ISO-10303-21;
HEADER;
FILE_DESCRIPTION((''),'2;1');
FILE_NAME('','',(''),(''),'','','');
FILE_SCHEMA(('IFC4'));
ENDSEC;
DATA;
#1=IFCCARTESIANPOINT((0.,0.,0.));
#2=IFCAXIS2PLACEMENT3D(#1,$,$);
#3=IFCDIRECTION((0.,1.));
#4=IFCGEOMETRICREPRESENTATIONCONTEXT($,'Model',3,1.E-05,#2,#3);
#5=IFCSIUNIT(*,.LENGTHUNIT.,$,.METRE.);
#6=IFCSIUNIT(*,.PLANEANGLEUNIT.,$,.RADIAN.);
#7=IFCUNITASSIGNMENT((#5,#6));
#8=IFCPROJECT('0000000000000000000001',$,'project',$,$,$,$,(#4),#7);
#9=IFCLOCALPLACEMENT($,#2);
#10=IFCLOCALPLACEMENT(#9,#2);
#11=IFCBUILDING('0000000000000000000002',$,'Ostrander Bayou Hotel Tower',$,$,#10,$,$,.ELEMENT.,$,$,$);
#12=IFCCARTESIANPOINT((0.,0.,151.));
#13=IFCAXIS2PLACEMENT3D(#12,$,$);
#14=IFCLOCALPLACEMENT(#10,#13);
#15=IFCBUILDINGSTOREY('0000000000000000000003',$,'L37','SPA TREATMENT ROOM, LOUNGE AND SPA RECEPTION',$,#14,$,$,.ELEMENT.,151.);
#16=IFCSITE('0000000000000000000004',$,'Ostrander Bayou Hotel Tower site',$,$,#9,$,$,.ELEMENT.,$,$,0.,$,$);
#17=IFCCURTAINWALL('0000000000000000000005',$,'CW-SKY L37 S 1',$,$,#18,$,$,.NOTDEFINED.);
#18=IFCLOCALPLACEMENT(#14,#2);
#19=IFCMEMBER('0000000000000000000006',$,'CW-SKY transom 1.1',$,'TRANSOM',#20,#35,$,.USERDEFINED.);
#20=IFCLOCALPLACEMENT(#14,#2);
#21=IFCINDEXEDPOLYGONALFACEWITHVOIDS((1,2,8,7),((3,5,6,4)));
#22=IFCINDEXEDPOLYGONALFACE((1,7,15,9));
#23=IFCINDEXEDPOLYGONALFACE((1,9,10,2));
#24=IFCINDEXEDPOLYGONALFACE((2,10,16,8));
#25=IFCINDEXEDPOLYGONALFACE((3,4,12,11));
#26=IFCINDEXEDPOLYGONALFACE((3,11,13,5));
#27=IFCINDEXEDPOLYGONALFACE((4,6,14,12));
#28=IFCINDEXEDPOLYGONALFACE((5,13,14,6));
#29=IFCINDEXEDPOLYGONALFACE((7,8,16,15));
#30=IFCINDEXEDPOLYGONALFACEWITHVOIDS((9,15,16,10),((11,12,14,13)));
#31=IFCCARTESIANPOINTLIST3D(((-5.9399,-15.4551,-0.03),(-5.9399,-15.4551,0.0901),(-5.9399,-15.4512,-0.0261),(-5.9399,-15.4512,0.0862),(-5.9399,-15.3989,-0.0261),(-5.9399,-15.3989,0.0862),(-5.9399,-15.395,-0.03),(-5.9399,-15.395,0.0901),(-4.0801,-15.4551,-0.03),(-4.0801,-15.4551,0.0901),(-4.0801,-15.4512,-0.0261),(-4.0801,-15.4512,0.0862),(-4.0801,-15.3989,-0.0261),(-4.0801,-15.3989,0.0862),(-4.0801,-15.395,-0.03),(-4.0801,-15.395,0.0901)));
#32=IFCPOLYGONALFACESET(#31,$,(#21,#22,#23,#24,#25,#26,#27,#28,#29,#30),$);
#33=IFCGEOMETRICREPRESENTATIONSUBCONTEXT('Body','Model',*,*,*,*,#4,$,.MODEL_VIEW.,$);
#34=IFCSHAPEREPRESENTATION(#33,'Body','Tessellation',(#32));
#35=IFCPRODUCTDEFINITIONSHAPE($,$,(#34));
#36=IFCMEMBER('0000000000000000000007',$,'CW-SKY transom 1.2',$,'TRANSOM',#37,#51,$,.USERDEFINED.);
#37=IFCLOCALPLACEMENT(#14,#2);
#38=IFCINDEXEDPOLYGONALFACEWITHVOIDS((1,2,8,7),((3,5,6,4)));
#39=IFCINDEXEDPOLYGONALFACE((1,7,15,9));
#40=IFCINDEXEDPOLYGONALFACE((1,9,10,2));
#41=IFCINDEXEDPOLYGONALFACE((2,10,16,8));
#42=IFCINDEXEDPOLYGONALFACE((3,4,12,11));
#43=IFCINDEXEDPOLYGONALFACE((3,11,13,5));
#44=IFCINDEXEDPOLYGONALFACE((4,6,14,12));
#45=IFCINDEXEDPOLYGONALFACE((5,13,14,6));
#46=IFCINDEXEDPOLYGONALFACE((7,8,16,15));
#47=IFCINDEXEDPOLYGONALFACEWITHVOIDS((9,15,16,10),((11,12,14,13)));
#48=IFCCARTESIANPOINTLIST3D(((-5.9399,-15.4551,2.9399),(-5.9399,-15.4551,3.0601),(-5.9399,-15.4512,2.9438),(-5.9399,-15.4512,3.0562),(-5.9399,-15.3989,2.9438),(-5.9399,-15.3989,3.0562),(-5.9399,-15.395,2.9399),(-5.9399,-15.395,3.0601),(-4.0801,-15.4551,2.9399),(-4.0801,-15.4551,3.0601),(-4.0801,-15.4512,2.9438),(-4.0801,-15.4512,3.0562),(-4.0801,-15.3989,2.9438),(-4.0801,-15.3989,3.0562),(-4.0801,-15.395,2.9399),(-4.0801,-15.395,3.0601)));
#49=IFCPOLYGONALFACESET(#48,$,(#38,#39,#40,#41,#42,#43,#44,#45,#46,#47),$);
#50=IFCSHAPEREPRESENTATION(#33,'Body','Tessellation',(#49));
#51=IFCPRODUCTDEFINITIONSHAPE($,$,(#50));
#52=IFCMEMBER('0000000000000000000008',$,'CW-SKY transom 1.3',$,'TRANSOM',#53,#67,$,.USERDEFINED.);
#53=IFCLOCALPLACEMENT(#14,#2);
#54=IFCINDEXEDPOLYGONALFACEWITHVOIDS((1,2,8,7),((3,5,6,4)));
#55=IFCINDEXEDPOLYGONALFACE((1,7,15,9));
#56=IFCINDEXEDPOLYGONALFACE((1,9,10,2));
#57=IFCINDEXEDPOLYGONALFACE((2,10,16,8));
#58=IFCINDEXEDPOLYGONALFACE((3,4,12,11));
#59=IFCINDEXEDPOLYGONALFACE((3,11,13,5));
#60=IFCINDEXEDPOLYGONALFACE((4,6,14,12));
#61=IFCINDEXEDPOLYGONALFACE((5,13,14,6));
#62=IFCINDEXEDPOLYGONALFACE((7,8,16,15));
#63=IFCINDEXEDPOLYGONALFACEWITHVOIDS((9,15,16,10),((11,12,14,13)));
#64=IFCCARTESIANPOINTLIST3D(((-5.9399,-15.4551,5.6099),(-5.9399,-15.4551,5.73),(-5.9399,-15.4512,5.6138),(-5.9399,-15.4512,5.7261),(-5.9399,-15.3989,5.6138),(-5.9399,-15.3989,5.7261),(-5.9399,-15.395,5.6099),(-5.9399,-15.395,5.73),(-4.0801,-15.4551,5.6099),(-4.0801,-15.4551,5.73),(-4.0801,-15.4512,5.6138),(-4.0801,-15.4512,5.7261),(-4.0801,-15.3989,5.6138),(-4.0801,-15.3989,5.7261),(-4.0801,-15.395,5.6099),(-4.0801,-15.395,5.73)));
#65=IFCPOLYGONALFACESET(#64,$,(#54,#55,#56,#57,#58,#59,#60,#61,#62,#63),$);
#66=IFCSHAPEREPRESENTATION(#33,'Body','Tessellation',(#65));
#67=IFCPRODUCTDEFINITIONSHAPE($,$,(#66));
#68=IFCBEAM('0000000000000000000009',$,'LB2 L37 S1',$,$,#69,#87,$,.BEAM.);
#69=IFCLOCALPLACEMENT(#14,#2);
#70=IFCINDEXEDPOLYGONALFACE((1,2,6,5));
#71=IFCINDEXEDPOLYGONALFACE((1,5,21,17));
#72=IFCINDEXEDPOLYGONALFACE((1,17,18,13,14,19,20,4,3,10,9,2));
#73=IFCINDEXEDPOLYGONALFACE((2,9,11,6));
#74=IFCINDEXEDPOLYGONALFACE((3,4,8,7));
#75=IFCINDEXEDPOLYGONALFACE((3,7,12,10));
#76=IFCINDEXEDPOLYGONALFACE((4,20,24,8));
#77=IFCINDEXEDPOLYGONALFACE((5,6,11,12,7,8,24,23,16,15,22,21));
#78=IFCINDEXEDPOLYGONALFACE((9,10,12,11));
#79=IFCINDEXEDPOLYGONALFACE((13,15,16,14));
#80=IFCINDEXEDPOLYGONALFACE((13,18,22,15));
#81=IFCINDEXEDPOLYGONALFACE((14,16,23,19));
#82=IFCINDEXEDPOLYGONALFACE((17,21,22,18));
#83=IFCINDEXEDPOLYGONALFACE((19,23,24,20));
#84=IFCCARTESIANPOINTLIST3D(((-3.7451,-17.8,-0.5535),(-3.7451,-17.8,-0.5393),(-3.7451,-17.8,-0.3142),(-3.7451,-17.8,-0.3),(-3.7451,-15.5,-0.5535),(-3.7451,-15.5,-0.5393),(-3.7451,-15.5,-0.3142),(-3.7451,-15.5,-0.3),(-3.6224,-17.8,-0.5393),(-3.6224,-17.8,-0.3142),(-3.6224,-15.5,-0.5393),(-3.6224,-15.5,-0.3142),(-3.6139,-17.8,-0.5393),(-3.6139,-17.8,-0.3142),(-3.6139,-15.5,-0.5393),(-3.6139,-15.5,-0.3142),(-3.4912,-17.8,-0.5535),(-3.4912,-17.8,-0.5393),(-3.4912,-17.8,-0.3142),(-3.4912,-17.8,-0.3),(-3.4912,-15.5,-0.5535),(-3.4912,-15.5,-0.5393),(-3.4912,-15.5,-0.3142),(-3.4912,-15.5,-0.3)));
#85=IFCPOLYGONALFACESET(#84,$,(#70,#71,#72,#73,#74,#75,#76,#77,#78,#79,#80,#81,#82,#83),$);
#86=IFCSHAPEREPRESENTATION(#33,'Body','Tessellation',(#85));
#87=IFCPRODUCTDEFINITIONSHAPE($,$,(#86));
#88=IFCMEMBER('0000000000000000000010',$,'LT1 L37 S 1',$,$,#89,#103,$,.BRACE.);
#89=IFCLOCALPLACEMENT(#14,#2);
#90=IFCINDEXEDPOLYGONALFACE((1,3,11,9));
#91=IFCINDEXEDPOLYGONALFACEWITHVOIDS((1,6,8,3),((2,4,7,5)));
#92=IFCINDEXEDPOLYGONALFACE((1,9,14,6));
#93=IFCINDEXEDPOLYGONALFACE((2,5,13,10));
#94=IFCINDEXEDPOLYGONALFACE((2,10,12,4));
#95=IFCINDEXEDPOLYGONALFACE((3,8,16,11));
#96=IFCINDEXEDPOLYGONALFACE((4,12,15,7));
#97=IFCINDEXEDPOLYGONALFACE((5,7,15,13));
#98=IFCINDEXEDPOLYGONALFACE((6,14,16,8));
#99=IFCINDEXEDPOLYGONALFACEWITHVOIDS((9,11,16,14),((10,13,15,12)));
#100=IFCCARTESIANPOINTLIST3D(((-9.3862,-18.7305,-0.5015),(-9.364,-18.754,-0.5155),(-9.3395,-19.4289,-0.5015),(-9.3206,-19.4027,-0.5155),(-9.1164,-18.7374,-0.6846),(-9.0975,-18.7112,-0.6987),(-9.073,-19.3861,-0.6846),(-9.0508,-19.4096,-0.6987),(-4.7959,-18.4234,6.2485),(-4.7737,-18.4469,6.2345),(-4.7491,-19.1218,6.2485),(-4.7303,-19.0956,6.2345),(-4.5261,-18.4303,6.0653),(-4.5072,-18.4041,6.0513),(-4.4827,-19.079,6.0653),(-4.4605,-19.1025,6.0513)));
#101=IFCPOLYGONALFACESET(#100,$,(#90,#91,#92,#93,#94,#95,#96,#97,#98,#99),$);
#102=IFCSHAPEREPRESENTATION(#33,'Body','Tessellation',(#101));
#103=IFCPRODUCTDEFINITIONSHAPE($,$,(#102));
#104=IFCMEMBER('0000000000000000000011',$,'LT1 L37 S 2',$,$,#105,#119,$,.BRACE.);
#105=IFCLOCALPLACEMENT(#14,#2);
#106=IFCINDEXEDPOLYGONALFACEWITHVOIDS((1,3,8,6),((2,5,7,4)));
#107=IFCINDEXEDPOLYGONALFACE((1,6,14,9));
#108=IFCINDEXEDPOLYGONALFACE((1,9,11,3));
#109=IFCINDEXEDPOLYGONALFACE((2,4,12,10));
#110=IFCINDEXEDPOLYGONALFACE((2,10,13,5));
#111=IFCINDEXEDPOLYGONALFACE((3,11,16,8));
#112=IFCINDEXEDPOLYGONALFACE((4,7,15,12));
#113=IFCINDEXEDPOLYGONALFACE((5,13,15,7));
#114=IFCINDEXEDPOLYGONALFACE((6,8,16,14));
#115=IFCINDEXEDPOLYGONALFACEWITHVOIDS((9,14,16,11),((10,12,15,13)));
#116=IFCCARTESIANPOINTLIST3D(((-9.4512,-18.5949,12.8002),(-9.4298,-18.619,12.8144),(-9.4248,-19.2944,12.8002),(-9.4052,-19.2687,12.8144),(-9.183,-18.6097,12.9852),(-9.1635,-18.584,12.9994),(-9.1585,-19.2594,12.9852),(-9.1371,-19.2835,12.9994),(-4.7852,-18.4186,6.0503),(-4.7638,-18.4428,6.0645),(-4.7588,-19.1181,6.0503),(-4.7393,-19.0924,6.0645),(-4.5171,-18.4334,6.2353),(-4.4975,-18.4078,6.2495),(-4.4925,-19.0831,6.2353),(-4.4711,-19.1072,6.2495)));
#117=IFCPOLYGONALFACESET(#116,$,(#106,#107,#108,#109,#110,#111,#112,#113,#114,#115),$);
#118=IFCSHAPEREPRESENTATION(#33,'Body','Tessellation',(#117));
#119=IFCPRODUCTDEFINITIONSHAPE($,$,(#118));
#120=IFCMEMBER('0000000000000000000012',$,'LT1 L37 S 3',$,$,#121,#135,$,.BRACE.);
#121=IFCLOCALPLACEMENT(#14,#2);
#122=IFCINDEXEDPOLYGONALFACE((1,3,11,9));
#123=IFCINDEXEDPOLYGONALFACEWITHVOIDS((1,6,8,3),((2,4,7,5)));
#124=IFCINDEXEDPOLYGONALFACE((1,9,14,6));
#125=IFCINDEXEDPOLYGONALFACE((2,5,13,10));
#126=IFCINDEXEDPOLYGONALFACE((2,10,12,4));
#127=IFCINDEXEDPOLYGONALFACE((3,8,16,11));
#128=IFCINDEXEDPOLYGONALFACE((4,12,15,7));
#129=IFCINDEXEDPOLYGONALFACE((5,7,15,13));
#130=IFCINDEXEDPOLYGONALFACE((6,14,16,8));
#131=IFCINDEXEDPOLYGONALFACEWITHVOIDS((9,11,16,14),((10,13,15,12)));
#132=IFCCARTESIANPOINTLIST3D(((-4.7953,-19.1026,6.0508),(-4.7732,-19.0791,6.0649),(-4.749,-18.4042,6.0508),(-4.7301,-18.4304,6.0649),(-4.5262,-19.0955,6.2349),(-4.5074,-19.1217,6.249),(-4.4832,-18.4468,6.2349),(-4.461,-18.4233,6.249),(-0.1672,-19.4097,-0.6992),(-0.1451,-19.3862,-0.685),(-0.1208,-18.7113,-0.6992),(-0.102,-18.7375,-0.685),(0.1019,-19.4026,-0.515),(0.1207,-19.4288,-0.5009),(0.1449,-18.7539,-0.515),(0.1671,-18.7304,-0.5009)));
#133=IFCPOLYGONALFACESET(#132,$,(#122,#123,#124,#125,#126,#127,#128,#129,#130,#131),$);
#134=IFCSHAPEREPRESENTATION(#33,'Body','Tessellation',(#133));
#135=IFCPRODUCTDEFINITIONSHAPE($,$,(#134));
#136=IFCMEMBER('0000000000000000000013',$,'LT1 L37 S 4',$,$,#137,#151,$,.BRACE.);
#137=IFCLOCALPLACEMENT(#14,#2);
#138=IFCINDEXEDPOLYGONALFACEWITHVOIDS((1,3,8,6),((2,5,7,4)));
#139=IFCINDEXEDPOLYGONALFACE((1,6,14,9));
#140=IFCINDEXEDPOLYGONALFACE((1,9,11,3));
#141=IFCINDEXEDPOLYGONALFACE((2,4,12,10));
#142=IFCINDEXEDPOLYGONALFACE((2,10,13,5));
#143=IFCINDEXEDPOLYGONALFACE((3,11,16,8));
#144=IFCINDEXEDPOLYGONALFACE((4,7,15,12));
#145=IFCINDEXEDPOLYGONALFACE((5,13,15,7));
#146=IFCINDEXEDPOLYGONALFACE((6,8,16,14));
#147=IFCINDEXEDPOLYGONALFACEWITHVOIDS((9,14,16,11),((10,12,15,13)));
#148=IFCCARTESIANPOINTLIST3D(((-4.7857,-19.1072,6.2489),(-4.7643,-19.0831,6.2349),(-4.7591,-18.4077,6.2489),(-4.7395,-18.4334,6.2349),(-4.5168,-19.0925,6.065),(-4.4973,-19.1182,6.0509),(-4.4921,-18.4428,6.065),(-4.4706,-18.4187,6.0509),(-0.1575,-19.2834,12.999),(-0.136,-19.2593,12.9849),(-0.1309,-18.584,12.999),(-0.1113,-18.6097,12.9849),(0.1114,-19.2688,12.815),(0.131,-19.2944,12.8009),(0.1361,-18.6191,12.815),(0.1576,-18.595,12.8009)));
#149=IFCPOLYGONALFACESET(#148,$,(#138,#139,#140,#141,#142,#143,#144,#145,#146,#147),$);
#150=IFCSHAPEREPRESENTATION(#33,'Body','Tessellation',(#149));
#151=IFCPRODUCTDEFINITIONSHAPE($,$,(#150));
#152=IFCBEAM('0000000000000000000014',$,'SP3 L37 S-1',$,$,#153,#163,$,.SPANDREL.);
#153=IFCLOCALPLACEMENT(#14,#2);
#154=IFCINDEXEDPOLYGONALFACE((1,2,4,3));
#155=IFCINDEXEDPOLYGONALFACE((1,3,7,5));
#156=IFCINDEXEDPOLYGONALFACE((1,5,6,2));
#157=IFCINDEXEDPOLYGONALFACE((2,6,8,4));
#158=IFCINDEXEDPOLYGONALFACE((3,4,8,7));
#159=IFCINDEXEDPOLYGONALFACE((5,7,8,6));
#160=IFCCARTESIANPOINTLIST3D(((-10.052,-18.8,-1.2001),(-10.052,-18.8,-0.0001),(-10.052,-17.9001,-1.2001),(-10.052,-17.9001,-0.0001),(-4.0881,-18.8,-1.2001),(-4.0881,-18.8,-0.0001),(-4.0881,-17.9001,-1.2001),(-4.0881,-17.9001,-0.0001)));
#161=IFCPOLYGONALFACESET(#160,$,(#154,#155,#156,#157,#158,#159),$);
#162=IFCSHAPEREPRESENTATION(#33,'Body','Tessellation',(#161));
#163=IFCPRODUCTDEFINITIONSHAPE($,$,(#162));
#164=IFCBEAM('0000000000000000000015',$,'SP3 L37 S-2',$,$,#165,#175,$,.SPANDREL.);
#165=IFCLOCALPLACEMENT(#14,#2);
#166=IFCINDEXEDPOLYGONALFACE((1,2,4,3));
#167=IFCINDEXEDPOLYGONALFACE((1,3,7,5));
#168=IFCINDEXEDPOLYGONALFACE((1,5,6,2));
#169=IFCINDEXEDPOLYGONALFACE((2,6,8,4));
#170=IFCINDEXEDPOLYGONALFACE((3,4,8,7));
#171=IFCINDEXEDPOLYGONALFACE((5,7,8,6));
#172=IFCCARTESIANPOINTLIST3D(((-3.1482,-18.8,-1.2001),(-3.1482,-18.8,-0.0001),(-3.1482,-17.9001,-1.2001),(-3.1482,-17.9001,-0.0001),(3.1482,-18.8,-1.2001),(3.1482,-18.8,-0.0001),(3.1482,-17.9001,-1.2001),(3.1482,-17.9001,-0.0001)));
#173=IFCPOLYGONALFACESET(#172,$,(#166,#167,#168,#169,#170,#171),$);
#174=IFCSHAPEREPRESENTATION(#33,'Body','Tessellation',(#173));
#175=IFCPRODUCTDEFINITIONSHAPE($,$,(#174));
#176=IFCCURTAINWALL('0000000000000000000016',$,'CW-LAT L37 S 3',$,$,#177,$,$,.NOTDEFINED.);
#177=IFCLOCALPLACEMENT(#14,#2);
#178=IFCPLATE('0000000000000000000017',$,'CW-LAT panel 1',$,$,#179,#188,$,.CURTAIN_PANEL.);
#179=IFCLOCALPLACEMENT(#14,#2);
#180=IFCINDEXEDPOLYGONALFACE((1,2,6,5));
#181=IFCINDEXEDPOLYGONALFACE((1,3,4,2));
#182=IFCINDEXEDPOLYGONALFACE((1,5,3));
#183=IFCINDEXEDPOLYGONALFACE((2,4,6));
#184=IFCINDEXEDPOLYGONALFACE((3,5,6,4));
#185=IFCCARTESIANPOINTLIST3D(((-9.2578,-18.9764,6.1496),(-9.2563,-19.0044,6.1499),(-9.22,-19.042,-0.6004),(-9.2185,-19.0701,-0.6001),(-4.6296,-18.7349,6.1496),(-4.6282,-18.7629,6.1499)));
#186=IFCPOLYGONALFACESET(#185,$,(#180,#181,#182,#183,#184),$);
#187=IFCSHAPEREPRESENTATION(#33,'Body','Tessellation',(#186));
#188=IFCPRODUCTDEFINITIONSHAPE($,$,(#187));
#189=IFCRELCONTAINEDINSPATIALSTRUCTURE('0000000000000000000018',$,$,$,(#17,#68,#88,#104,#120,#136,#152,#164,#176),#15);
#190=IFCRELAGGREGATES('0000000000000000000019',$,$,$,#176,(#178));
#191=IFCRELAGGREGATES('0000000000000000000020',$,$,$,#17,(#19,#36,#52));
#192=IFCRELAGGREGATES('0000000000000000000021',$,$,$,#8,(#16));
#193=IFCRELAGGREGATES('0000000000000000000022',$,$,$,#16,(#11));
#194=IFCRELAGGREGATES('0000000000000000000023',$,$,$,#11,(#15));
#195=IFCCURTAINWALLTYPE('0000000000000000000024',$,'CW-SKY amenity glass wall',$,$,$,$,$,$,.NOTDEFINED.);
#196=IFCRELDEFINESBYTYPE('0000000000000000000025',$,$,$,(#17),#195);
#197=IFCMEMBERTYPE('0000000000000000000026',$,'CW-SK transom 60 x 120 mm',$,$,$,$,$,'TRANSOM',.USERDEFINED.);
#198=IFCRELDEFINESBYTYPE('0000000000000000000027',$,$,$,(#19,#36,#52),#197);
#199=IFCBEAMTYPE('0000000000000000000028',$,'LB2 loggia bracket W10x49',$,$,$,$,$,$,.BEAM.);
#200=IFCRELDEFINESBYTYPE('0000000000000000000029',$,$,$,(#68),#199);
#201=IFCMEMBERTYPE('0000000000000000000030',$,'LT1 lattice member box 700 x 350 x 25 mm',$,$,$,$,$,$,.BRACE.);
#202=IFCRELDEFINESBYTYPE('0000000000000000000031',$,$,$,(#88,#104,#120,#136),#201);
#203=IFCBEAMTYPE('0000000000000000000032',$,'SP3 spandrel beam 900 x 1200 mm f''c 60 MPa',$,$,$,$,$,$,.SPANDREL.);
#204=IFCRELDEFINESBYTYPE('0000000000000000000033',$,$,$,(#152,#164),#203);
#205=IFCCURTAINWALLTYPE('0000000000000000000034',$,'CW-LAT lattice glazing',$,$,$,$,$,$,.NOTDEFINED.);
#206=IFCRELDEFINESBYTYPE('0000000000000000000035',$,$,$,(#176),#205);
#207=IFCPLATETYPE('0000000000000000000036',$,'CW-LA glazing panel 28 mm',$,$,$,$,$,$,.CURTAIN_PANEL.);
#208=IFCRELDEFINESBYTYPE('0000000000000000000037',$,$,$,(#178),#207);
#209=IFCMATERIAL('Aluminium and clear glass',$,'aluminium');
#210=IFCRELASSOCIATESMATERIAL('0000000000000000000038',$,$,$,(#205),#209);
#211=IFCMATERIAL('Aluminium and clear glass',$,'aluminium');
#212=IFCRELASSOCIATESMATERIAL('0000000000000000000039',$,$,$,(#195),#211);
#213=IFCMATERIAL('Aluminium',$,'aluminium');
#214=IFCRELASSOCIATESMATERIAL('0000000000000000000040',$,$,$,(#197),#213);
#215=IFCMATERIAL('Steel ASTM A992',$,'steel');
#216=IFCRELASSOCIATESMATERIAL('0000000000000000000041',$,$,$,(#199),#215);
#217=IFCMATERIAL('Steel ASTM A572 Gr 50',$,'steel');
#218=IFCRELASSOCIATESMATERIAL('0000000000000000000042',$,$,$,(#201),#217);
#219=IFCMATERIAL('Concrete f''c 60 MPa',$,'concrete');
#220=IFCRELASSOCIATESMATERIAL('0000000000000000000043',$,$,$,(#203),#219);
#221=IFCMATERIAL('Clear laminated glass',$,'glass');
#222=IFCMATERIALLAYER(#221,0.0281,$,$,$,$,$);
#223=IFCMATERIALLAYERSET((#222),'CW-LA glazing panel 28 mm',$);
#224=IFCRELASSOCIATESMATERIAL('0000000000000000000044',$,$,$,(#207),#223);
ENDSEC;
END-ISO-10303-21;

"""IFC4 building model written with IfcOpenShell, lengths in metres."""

from ifc_helpers import new_model, si_unit, direction, frame, origin, origin_2d, place, context, subcontext, project, spatial, polyline, rectangle, hollow_rectangle, i_section, outline, extrude, material, layer, layer_set, material_profile, profile_set, type_object, element, aggregate, save


model = new_model("IFC4")

# Units and contexts
model_context = context("Model", 3, precision=1e-05, world=origin(), true_north=direction((0.0, 1.0)))
body_context = subcontext(model_context, "Body", "Model", "MODEL_VIEW")
ifc_project = project(units=[si_unit("LENGTHUNIT", "METRE"), si_unit("PLANEANGLEUNIT", "RADIAN")], contexts=[model_context])

# Site, building, storey
site_placement = place(None, origin())
site = spatial("IfcSite", under=ifc_project, at=site_placement, Name="Ostrander Bayou Hotel Tower site", CompositionType="ELEMENT", RefElevation=0.0)
building_placement = place(site_placement, origin())
building = spatial("IfcBuilding", under=site, at=building_placement, Name="Ostrander Bayou Hotel Tower", CompositionType="ELEMENT")
storey_placement = place(building_placement, frame((0.0, 0.0, 151.0)))
storey = spatial("IfcBuildingStorey", under=building, at=storey_placement, Name="L37", Description="SPA TREATMENT ROOM, LOUNGE AND SPA RECEPTION", CompositionType="ELEMENT", Elevation=151.0)

# Curtain wall, members
ifc_material_1 = material(Name="Aluminium and clear glass", Category="aluminium")
curtain_wall_type_1 = type_object("IfcCurtainWallType", Name="CW-LAT lattice glazing", PredefinedType="NOTDEFINED", material=ifc_material_1)
ifc_material_2 = material(Name="Aluminium and clear glass", Category="aluminium")
curtain_wall_type_2 = type_object("IfcCurtainWallType", Name="CW-SKY amenity glass wall", PredefinedType="NOTDEFINED", material=ifc_material_2)
curtain_wall_1_placement = place(storey_placement, origin())
curtain_wall_1 = element("IfcCurtainWall", 1, at=curtain_wall_1_placement, inside=storey, type_object=curtain_wall_type_2, Name="CW-SKY L37 S 1", PredefinedType="NOTDEFINED")
ifc_material_3 = material(Name="Aluminium", Category="aluminium")
ifc_material_profile_1 = material_profile(ifc_material_3, hollow_rectangle(XDim=0.0601, YDim=0.1201, WallThickness=0.0039, at=origin_2d()))
ifc_profile_set_1 = profile_set([ifc_material_profile_1], Name="Aluminium")
member_type_1 = type_object("IfcMemberType", Name="CW-SK transom 60 x 120 mm", ElementType="TRANSOM", PredefinedType="USERDEFINED", material=ifc_profile_set_1)
member_1_placement = place(storey_placement, frame((-5.9399, -15.425, 0.03), z_axis=(1.0, 0.0, 0.0), x_axis=(0.0, 1.0, 0.0)))
member_1 = element("IfcMember", 2, at=member_1_placement, type_object=member_type_1, Name="CW-SKY transom 1.1", ObjectType="TRANSOM", PredefinedType="USERDEFINED", context=body_context, shape_type="SweptSolid", body=[
    extrude(hollow_rectangle(XDim=0.0601, YDim=0.1201, WallThickness=0.0039, at=origin_2d()), origin(), (0.0, 0.0, 1.0), 1.8599),
])
member_2_placement = place(storey_placement, frame((-5.9399, -15.425, 3.0), z_axis=(1.0, 0.0, 0.0), x_axis=(0.0, 1.0, 0.0)))
member_2 = element("IfcMember", 3, at=member_2_placement, type_object=member_type_1, Name="CW-SKY transom 1.2", ObjectType="TRANSOM", PredefinedType="USERDEFINED", context=body_context, shape_type="SweptSolid", body=[
    extrude(hollow_rectangle(XDim=0.0601, YDim=0.1201, WallThickness=0.0039, at=origin_2d()), origin(), (0.0, 0.0, 1.0), 1.8599),
])
member_3_placement = place(storey_placement, frame((-5.9399, -15.425, 5.6699), z_axis=(1.0, 0.0, 0.0), x_axis=(0.0, 1.0, 0.0)))
member_3 = element("IfcMember", 4, at=member_3_placement, type_object=member_type_1, Name="CW-SKY transom 1.3", ObjectType="TRANSOM", PredefinedType="USERDEFINED", context=body_context, shape_type="SweptSolid", body=[
    extrude(hollow_rectangle(XDim=0.0601, YDim=0.1201, WallThickness=0.0039, at=origin_2d()), origin(), (0.0, 0.0, 1.0), 1.8599),
])

# Beam
ifc_material_4 = material(Name="Steel ASTM A992", Category="steel")
ifc_material_profile_2 = material_profile(ifc_material_4, i_section(OverallWidth=0.2539, OverallDepth=0.2534, WebThickness=0.0085, FlangeThickness=0.0142, at=origin_2d()))
ifc_profile_set_2 = profile_set([ifc_material_profile_2], Name="Steel ASTM A992")
beam_type_1 = type_object("IfcBeamType", Name="LB2 loggia bracket W10x49", PredefinedType="BEAM", material=ifc_profile_set_2)
beam_1_placement = place(storey_placement, frame((-3.6182, -17.8, -0.4268), z_axis=(0.0, 1.0, 0.0), x_axis=(-1.0, 0.0, 0.0)))
element("IfcBeam", 5, at=beam_1_placement, inside=storey, type_object=beam_type_1, Name="LB2 L37 S1", PredefinedType="BEAM", context=body_context, shape_type="SweptSolid", body=[
    extrude(i_section(OverallWidth=0.2539, OverallDepth=0.2534, WebThickness=0.0085, FlangeThickness=0.0142, at=origin_2d()), origin(), (0.0, 0.0, 1.0), 2.3),
])

# Members
ifc_material_5 = material(Name="Steel ASTM A572 Gr 50", Category="steel")
ifc_material_profile_3 = material_profile(ifc_material_5, hollow_rectangle(XDim=0.7, YDim=0.3501, WallThickness=0.0249, at=origin_2d()))
ifc_profile_set_3 = profile_set([ifc_material_profile_3], Name="Steel ASTM A572 Gr 50")
member_type_2 = type_object("IfcMemberType", Name="LT1 lattice member box 700 x 350 x 25 mm", PredefinedType="BRACE", material=ifc_profile_set_3)
member_4_placement = place(storey_placement, frame((-4.6282, -18.7629, 6.1499), z_axis=(-0.56194, -0.037598, -0.826323), x_axis=(0.066759, -0.997769, 0.0)))
element("IfcMember", 6, at=member_4_placement, inside=storey, type_object=member_type_2, Name="LT1 L37 S 1", PredefinedType="BRACE", context=body_context, shape_type="SweptSolid", body=[
    extrude(hollow_rectangle(XDim=0.7, YDim=0.3501, WallThickness=0.0249, at=origin_2d()), origin(), (0.0, 0.0, 1.0), 8.1687),
])
member_5_placement = place(storey_placement, frame((-4.6282, -18.7629, 6.1499), z_axis=(-0.568497, -0.021476, 0.822405), x_axis=(0.03775, -0.999287, 0.0)))
element("IfcMember", 7, at=member_5_placement, inside=storey, type_object=member_type_2, Name="LT1 L37 S 2", PredefinedType="BRACE", context=body_context, shape_type="SweptSolid", body=[
    extrude(hollow_rectangle(XDim=0.7, YDim=0.3501, WallThickness=0.0249, at=origin_2d()), origin(), (0.0, 0.0, 1.0), 8.2075),
])
member_6_placement = place(storey_placement, frame((-4.6282, -18.7629, 6.1499), z_axis=(0.565098, -0.0375, -0.824171), x_axis=(0.066215, 0.997805, 0.0)))
element("IfcMember", 8, at=member_6_placement, inside=storey, type_object=member_type_2, Name="LT1 L37 S 3", PredefinedType="BRACE", context=body_context, shape_type="SweptSolid", body=[
    extrude(hollow_rectangle(XDim=0.7, YDim=0.3501, WallThickness=0.0249, at=origin_2d()), origin(), (0.0, 0.0, 1.0), 8.1899),
])
member_7_placement = place(storey_placement, frame((-4.6282, -18.7629, 6.1499), z_axis=(0.565364, -0.021533, 0.82456), x_axis=(0.038059, 0.999276, 0.0)))
element("IfcMember", 9, at=member_7_placement, inside=storey, type_object=member_type_2, Name="LT1 L37 S 4", PredefinedType="BRACE", context=body_context, shape_type="SweptSolid", body=[
    extrude(hollow_rectangle(XDim=0.7, YDim=0.3501, WallThickness=0.0249, at=origin_2d()), origin(), (0.0, 0.0, 1.0), 8.1863),
])

# Beams
ifc_material_6 = material(Name="Concrete f'c 60 MPa", Category="concrete")
ifc_material_profile_4 = material_profile(ifc_material_6, rectangle(XDim=0.8999, YDim=1.2, at=origin_2d()))
ifc_profile_set_4 = profile_set([ifc_material_profile_4], Name="Concrete f'c 60 MPa")
beam_type_2 = type_object("IfcBeamType", Name="SP3 spandrel beam 900 x 1200 mm f'c 60 MPa", PredefinedType="SPANDREL", material=ifc_profile_set_4)
beam_2_placement = place(storey_placement, frame((-10.052, -18.3501, -0.6001), z_axis=(1.0, 0.0, 0.0), x_axis=(0.0, 1.0, 0.0)))
element("IfcBeam", 10, at=beam_2_placement, inside=storey, type_object=beam_type_2, Name="SP3 L37 S-1", PredefinedType="SPANDREL", context=body_context, shape_type="SweptSolid", body=[
    extrude(rectangle(XDim=0.8999, YDim=1.2, at=origin_2d()), origin(), (0.0, 0.0, 1.0), 5.9639),
])
beam_3_placement = place(storey_placement, frame((-3.1482, -18.3501, -0.6001), z_axis=(1.0, 0.0, 0.0), x_axis=(0.0, 1.0, 0.0)))
element("IfcBeam", 11, at=beam_3_placement, inside=storey, type_object=beam_type_2, Name="SP3 L37 S-2", PredefinedType="SPANDREL", context=body_context, shape_type="SweptSolid", body=[
    extrude(rectangle(XDim=0.8999, YDim=1.2, at=origin_2d()), origin(), (0.0, 0.0, 1.0), 6.2964),
])

# Curtain wall, plate
curtain_wall_2_placement = place(storey_placement, origin())
curtain_wall_2 = element("IfcCurtainWall", 12, at=curtain_wall_2_placement, inside=storey, type_object=curtain_wall_type_1, Name="CW-LAT L37 S 3", PredefinedType="NOTDEFINED")
ifc_material_7 = material(Name="Clear laminated glass", Category="glass")
ifc_layer_1 = layer(ifc_material_7, 0.0281)
ifc_layer_set_1 = layer_set([ifc_layer_1], Name="CW-LA glazing panel 28 mm")
plate_type_1 = type_object("IfcPlateType", Name="CW-LA glazing panel 28 mm", PredefinedType="CURTAIN_PANEL", material=ifc_layer_set_1)
plate_1_placement = place(storey_placement, frame((-4.6282, -18.7629, 6.1499), z_axis=(0.052097, -0.998592, 0.010008), x_axis=(-0.56194, -0.037598, -0.826323)))
plate_1 = element("IfcPlate", 13, at=plate_1_placement, type_object=plate_type_1, Name="CW-LAT panel 1", PredefinedType="CURTAIN_PANEL", context=body_context, shape_type="SweptSolid", body=[
    extrude(outline(polyline([(0.0, 0.0), (8.1687, 0.0), (2.6098, -3.8298), (0.0, 0.0)])), origin(), (0.0, 0.0, -1.0), 0.0281),
])
aggregate(curtain_wall_2, [plate_1])

aggregate(curtain_wall_1, [member_1, member_2, member_3])

save(model, "model.ifc")
